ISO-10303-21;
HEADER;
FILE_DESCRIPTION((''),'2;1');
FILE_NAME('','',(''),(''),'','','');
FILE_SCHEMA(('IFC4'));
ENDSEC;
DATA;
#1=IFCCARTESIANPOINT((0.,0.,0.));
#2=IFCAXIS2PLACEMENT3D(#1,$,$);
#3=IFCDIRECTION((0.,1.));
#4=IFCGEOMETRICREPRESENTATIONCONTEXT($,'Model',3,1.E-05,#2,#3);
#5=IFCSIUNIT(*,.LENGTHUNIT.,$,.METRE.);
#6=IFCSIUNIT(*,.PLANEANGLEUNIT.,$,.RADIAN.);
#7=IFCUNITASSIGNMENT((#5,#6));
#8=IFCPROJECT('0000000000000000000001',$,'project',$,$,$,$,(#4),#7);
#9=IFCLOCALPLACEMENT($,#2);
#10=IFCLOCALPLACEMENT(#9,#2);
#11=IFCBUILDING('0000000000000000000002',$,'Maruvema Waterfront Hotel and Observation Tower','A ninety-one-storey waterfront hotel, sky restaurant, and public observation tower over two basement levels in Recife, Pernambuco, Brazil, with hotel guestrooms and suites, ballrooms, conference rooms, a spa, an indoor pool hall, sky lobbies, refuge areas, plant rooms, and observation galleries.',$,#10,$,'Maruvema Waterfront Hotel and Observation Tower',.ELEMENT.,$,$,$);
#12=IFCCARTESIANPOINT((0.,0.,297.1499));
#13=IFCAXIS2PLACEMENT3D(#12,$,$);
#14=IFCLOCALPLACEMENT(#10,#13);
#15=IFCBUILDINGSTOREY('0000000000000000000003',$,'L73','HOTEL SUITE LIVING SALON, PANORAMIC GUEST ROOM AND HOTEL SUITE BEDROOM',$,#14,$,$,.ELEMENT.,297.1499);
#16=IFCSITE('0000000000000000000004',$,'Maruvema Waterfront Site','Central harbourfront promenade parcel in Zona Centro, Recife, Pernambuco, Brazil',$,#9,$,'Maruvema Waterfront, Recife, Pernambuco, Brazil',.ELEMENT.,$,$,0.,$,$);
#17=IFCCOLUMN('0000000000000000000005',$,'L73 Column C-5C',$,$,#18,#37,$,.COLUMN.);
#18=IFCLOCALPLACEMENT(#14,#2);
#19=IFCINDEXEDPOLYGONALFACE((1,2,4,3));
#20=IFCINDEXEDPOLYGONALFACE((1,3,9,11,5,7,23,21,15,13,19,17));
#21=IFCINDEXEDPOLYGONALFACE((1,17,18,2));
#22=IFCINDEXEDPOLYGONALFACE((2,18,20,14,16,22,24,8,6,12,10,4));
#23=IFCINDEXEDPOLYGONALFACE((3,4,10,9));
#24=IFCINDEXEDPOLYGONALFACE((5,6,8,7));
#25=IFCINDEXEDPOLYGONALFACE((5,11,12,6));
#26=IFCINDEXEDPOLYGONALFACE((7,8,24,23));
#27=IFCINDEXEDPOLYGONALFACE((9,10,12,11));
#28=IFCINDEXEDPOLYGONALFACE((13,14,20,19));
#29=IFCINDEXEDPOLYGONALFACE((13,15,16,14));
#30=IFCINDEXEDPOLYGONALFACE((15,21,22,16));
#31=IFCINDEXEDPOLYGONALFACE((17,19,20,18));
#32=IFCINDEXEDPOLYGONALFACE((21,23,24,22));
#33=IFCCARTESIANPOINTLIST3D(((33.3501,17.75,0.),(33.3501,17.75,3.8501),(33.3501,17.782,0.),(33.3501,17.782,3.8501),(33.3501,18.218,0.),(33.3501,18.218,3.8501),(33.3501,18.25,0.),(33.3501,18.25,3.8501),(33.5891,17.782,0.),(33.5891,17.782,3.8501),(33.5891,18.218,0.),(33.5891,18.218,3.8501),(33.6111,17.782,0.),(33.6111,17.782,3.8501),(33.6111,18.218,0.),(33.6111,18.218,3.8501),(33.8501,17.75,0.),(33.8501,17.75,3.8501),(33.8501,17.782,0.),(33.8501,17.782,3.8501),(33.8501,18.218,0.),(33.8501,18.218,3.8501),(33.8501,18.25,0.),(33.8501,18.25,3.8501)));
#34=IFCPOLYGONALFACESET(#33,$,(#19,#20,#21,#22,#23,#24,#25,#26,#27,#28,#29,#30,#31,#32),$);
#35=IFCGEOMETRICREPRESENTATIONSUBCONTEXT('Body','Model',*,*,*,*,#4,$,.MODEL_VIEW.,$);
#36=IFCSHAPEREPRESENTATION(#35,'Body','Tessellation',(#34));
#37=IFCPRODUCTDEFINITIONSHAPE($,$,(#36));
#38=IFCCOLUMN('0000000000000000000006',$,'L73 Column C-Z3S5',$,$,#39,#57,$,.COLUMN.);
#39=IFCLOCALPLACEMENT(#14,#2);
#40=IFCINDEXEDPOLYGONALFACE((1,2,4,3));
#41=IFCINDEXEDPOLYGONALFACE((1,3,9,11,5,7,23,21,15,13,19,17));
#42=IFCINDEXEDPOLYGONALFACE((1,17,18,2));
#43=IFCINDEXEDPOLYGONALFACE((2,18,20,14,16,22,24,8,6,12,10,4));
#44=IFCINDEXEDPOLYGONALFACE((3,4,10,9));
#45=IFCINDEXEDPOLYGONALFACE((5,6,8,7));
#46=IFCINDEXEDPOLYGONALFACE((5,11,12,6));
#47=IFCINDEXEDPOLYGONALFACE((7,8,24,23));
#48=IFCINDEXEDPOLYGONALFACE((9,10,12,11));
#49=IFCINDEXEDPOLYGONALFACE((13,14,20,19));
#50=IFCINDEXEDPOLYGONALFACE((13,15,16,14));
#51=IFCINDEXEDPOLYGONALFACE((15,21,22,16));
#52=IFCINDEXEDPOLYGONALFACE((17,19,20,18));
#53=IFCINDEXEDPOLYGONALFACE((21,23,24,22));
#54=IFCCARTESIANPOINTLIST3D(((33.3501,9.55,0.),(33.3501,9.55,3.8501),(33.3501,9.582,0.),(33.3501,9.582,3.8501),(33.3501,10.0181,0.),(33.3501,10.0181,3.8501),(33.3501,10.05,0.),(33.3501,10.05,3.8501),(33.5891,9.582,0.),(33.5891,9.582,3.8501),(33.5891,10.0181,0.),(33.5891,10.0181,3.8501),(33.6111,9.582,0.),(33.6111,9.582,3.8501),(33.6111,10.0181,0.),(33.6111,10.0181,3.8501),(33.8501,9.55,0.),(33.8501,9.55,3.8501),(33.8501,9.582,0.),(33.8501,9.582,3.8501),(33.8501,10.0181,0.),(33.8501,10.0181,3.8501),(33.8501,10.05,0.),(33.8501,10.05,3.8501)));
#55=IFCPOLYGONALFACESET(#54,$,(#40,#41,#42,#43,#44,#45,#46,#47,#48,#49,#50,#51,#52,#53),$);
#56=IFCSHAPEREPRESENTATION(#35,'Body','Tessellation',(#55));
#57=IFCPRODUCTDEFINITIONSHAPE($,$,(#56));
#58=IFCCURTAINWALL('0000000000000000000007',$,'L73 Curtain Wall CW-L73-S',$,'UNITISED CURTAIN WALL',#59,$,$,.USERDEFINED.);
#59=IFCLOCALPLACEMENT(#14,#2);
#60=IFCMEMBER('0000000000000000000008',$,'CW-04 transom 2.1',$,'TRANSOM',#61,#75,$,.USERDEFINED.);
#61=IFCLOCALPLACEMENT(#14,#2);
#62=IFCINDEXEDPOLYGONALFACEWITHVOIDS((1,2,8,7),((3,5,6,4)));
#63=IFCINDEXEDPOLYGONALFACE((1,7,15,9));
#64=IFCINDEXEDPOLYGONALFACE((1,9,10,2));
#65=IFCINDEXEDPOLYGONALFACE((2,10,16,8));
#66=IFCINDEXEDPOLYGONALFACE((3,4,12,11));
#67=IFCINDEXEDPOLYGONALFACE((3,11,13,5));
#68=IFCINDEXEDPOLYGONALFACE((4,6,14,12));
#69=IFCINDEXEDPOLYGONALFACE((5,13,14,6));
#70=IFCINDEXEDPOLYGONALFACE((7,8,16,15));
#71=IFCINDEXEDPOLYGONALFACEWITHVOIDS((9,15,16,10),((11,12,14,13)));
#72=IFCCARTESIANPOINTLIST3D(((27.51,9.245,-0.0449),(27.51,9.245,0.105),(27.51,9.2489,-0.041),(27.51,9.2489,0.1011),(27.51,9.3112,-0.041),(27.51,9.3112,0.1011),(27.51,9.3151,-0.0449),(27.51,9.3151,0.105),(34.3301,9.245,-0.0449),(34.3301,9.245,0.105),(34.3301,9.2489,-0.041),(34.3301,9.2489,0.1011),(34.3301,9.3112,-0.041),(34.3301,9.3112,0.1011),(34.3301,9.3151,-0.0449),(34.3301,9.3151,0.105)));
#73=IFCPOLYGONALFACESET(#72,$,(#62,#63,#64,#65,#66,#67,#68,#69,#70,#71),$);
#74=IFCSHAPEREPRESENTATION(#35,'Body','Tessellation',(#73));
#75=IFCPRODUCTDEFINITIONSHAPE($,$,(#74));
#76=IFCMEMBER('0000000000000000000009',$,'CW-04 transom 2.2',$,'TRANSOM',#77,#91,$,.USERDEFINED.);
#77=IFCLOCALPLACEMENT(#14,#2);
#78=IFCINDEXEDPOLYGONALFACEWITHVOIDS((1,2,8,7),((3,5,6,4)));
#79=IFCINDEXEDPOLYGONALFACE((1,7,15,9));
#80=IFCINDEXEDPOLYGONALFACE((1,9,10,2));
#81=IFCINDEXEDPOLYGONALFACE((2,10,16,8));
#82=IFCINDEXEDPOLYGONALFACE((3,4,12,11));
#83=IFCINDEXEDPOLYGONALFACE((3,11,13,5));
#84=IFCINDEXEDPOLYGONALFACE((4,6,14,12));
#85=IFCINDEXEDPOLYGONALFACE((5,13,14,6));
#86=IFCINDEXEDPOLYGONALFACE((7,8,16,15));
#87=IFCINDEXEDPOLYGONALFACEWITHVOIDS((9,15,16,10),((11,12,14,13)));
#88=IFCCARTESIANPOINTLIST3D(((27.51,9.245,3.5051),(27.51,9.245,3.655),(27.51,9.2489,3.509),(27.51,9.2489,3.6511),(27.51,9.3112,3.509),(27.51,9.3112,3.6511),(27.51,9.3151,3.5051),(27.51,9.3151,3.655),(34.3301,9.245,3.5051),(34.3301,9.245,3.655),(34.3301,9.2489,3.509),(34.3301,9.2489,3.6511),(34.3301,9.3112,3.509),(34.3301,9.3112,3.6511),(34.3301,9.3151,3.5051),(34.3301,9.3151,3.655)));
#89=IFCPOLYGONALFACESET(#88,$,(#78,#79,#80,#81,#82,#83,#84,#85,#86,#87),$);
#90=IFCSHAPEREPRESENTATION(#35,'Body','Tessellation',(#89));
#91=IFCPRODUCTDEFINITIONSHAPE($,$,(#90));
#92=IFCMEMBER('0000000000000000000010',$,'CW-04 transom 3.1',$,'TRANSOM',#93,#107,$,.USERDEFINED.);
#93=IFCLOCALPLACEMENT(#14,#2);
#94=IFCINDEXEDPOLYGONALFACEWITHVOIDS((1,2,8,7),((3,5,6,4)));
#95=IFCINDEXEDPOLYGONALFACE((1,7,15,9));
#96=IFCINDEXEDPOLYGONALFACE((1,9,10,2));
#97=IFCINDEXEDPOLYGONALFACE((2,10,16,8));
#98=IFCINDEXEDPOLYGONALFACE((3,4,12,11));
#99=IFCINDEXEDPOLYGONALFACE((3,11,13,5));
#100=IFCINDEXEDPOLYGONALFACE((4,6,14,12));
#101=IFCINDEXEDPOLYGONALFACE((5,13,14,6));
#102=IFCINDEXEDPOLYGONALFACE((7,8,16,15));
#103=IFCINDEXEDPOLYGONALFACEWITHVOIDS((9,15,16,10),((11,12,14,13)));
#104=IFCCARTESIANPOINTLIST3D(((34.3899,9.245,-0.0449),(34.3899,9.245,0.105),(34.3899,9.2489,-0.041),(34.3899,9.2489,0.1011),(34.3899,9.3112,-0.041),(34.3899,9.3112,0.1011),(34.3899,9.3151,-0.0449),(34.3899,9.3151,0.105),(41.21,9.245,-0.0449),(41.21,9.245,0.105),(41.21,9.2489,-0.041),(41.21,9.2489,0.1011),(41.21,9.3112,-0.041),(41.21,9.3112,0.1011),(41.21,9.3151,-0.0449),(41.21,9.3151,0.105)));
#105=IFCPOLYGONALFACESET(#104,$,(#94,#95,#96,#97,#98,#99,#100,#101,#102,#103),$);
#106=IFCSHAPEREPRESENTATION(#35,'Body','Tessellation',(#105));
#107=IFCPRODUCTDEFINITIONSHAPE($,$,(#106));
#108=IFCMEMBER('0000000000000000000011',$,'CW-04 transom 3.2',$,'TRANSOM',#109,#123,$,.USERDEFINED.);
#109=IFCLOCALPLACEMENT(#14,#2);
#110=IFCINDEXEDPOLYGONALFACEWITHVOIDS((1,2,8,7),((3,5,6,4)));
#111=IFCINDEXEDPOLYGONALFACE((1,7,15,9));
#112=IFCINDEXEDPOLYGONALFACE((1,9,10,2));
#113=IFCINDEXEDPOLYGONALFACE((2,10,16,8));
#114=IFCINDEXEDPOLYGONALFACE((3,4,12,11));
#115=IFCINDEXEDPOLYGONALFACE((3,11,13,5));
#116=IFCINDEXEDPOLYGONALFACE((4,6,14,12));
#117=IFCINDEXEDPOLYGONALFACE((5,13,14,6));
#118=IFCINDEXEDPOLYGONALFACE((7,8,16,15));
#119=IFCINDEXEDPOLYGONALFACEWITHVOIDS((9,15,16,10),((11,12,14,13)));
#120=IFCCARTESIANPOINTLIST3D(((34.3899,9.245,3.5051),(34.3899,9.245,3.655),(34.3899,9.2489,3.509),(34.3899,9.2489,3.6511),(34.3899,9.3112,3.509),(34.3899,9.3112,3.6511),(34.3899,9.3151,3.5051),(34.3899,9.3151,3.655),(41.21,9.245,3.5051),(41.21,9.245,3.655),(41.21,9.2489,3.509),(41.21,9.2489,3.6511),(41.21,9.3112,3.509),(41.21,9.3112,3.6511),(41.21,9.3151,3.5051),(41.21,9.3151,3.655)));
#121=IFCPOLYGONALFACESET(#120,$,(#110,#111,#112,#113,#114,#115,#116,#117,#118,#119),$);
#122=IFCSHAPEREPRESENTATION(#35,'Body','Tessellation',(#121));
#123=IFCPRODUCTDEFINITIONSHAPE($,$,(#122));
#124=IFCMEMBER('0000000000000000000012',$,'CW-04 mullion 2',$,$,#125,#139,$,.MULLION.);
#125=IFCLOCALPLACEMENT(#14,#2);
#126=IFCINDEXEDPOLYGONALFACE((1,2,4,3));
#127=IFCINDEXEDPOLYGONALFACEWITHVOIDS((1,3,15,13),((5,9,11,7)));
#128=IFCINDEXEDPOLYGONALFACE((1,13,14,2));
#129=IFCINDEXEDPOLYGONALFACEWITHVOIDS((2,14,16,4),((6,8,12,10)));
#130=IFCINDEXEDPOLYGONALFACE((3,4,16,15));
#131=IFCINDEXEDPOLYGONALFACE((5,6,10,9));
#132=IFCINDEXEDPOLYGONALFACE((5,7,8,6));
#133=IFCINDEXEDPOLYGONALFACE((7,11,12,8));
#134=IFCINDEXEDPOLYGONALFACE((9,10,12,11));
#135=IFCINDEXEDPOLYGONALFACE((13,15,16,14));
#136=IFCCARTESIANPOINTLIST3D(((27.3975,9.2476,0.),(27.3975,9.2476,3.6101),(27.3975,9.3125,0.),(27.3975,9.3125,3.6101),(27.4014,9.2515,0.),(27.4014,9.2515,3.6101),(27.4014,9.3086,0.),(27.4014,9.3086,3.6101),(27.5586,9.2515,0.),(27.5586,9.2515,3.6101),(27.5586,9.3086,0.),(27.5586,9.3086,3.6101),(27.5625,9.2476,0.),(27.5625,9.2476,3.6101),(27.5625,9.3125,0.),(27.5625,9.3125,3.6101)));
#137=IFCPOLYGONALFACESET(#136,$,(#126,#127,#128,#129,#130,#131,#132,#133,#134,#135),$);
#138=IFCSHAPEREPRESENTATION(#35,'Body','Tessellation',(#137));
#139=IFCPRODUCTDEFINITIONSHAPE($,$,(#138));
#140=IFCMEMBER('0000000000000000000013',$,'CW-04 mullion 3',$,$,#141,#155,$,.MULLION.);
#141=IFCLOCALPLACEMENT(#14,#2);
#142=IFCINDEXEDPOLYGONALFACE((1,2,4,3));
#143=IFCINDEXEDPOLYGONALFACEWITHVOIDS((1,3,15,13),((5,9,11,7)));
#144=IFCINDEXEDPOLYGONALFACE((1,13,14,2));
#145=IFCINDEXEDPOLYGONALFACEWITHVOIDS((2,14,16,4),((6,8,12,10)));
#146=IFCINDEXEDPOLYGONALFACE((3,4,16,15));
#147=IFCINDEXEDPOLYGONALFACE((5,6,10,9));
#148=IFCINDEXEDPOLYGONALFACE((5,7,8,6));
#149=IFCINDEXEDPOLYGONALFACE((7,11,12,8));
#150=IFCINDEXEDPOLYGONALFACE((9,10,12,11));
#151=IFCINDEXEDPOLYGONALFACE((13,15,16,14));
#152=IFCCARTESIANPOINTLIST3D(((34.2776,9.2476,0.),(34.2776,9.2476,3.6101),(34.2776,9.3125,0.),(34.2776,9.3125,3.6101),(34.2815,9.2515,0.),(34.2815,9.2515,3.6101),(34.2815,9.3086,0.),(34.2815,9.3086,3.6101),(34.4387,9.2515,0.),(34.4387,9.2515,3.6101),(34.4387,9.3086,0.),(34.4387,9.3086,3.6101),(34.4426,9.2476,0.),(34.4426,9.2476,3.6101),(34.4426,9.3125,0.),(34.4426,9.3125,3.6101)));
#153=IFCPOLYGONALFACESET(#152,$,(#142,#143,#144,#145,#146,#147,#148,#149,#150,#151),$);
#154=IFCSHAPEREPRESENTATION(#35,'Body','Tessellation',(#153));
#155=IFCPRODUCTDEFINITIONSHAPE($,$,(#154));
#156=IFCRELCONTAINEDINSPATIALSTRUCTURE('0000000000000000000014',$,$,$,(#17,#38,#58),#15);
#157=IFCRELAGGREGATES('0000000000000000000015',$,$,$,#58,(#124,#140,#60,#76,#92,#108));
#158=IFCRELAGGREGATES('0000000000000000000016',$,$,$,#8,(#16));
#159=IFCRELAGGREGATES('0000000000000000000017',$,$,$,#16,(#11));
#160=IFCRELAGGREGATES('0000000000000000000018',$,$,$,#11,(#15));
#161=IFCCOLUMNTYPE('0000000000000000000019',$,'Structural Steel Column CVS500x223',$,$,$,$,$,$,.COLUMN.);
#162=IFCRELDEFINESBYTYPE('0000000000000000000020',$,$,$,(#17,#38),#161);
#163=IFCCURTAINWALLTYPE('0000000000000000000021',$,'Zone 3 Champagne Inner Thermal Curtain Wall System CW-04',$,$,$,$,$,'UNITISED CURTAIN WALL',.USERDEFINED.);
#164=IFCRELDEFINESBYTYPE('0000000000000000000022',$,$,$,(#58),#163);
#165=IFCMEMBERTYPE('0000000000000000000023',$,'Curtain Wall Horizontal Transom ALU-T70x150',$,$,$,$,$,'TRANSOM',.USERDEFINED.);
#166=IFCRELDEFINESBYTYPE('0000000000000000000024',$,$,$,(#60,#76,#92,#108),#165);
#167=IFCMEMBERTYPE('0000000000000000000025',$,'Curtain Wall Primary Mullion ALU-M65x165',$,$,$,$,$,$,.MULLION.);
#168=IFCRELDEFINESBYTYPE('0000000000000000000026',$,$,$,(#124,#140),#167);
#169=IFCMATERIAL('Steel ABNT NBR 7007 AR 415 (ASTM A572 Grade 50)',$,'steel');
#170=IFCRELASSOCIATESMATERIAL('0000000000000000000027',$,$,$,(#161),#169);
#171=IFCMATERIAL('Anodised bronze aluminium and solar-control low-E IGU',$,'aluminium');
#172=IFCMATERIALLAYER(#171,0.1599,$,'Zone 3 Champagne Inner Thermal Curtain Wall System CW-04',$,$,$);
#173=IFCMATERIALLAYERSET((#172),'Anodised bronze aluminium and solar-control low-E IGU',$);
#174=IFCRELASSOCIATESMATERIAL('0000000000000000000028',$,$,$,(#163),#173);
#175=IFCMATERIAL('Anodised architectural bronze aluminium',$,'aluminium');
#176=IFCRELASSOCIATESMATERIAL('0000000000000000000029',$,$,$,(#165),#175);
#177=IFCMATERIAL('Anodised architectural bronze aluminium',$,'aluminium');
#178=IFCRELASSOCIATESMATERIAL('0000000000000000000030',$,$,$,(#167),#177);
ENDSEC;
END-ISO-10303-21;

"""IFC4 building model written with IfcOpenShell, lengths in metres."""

from ifc_helpers import new_model, si_unit, direction, frame, origin, origin_2d, place, context, subcontext, project, spatial, hollow_rectangle, i_section, extrude, material, layer, layer_set, material_profile, profile_set, type_object, element, aggregate, save


model = new_model("IFC4")

# Units and contexts
model_context = context("Model", 3, precision=1e-05, world=origin(), true_north=direction((0.0, 1.0)))
body_context = subcontext(model_context, "Body", "Model", "MODEL_VIEW")
ifc_project = project(units=[si_unit("LENGTHUNIT", "METRE"), si_unit("PLANEANGLEUNIT", "RADIAN")], contexts=[model_context])

# Site, building, storey
site_placement = place(None, origin())
site = spatial("IfcSite", under=ifc_project, at=site_placement, Name="Maruvema Waterfront Site", Description="Central harbourfront promenade parcel in Zona Centro, Recife, Pernambuco, Brazil", LongName="Maruvema Waterfront, Recife, Pernambuco, Brazil", CompositionType="ELEMENT", RefElevation=0.0)
building_placement = place(site_placement, origin())
building = spatial("IfcBuilding", under=site, at=building_placement, Name="Maruvema Waterfront Hotel and Observation Tower", Description="A ninety-one-storey waterfront hotel, sky restaurant, and public observation tower over two basement levels in Recife, Pernambuco, Brazil, with hotel guestrooms and suites, ballrooms, conference rooms, a spa, an indoor pool hall, sky lobbies, refuge areas, plant rooms, and observation galleries.", LongName="Maruvema Waterfront Hotel and Observation Tower", CompositionType="ELEMENT")
storey_placement = place(building_placement, frame((0.0, 0.0, 297.1499)))
storey = spatial("IfcBuildingStorey", under=building, at=storey_placement, Name="L73", Description="HOTEL SUITE LIVING SALON, PANORAMIC GUEST ROOM AND HOTEL SUITE BEDROOM", CompositionType="ELEMENT", Elevation=297.1499)

# Columns
ifc_material_1 = material(Name="Steel ABNT NBR 7007 AR 415 (ASTM A572 Grade 50)", Category="steel")
ifc_material_profile_1 = material_profile(ifc_material_1, i_section(OverallWidth=0.5, OverallDepth=0.5, WebThickness=0.022, FlangeThickness=0.032, at=origin_2d()), Name="CVS500x223")
ifc_profile_set_1 = profile_set([ifc_material_profile_1], Name="Steel ABNT NBR 7007 AR 415 (ASTM A572 Grade 50)")
column_type = type_object("IfcColumnType", Name="Structural Steel Column CVS500x223", PredefinedType="COLUMN", material=ifc_profile_set_1)
for number, where, z_axis, x_axis, name in (
    (1, (33.6001, 18.0, 0.0), (0.0, 0.0, 1.0), (1.0, 0.0, 0.0), "L73 Column C-5C"),
    (2, (33.6001, 9.8, 0.0), (0.0, 0.0, 1.0), (1.0, 0.0, 0.0), "L73 Column C-Z3S5"),
):
    element("IfcColumn", number, at=place(storey_placement, frame(where, z_axis=z_axis, x_axis=x_axis)), inside=storey, type_object=column_type, Name=name, PredefinedType="COLUMN", context=body_context, shape_type="SweptSolid", body=[
        extrude(i_section(OverallWidth=0.5, OverallDepth=0.5, WebThickness=0.022, FlangeThickness=0.032, at=origin_2d()), origin(), (0.0, 0.0, 1.0), 3.8501),
    ])

# Curtain wall, members
ifc_material_2 = material(Name="Anodised bronze aluminium and solar-control low-E IGU", Category="aluminium")
ifc_layer_1 = layer(ifc_material_2, 0.1599, Name="Zone 3 Champagne Inner Thermal Curtain Wall System CW-04")
ifc_layer_set_1 = layer_set([ifc_layer_1], Name="Anodised bronze aluminium and solar-control low-E IGU")
curtain_wall_type = type_object("IfcCurtainWallType", Name="Zone 3 Champagne Inner Thermal Curtain Wall System CW-04", ElementType="UNITISED CURTAIN WALL", PredefinedType="USERDEFINED", material=ifc_layer_set_1)
curtain_wall_placement = place(storey_placement, origin())
curtain_wall = element("IfcCurtainWall", 3, at=curtain_wall_placement, inside=storey, type_object=curtain_wall_type, Name="L73 Curtain Wall CW-L73-S", ObjectType="UNITISED CURTAIN WALL", PredefinedType="USERDEFINED")
ifc_material_3 = material(Name="Anodised architectural bronze aluminium", Category="aluminium")
ifc_material_profile_2 = material_profile(ifc_material_3, hollow_rectangle(XDim=0.0701, YDim=0.1499, WallThickness=0.0039, at=origin_2d()), Name="ALU-T70x150")
ifc_profile_set_2 = profile_set([ifc_material_profile_2], Name="Anodised architectural bronze aluminium")
member_type_1 = type_object("IfcMemberType", Name="Curtain Wall Horizontal Transom ALU-T70x150", ElementType="TRANSOM", PredefinedType="USERDEFINED", material=ifc_profile_set_2)
member_1_placement = place(storey_placement, frame((27.51, 9.28, 0.03), z_axis=(1.0, 0.0, 0.0), x_axis=(0.0, 1.0, 0.0)))
member_1 = element("IfcMember", 4, at=member_1_placement, type_object=member_type_1, Name="CW-04 transom 2.1", ObjectType="TRANSOM", PredefinedType="USERDEFINED", context=body_context, shape_type="SweptSolid", body=[
    extrude(hollow_rectangle(XDim=0.0701, YDim=0.1499, WallThickness=0.0039, at=origin_2d()), origin(), (0.0, 0.0, 1.0), 6.8201),
])
member_2_placement = place(storey_placement, frame((27.51, 9.28, 3.5801), z_axis=(1.0, 0.0, 0.0), x_axis=(0.0, 1.0, 0.0)))
member_2 = element("IfcMember", 5, at=member_2_placement, type_object=member_type_1, Name="CW-04 transom 2.2", ObjectType="TRANSOM", PredefinedType="USERDEFINED", context=body_context, shape_type="SweptSolid", body=[
    extrude(hollow_rectangle(XDim=0.0701, YDim=0.1499, WallThickness=0.0039, at=origin_2d()), origin(), (0.0, 0.0, 1.0), 6.8201),
])
member_3_placement = place(storey_placement, frame((34.3899, 9.28, 0.03), z_axis=(1.0, 0.0, 0.0), x_axis=(0.0, 1.0, 0.0)))
member_3 = element("IfcMember", 6, at=member_3_placement, type_object=member_type_1, Name="CW-04 transom 3.1", ObjectType="TRANSOM", PredefinedType="USERDEFINED", context=body_context, shape_type="SweptSolid", body=[
    extrude(hollow_rectangle(XDim=0.0701, YDim=0.1499, WallThickness=0.0039, at=origin_2d()), origin(), (0.0, 0.0, 1.0), 6.8201),
])
member_4_placement = place(storey_placement, frame((34.3899, 9.28, 3.5801), z_axis=(1.0, 0.0, 0.0), x_axis=(0.0, 1.0, 0.0)))
member_4 = element("IfcMember", 7, at=member_4_placement, type_object=member_type_1, Name="CW-04 transom 3.2", ObjectType="TRANSOM", PredefinedType="USERDEFINED", context=body_context, shape_type="SweptSolid", body=[
    extrude(hollow_rectangle(XDim=0.0701, YDim=0.1499, WallThickness=0.0039, at=origin_2d()), origin(), (0.0, 0.0, 1.0), 6.8201),
])
ifc_material_4 = material(Name="Anodised architectural bronze aluminium", Category="aluminium")
ifc_material_profile_3 = material_profile(ifc_material_4, hollow_rectangle(XDim=0.0649, YDim=0.165, WallThickness=0.0039, at=origin_2d()), Name="ALU-M65x165")
ifc_profile_set_3 = profile_set([ifc_material_profile_3], Name="Anodised architectural bronze aluminium")
member_type_2 = type_object("IfcMemberType", Name="Curtain Wall Primary Mullion ALU-M65x165", PredefinedType="MULLION", material=ifc_profile_set_3)
member_5_placement = place(storey_placement, frame((27.48, 9.28, 0.0), z_axis=(0.0, 0.0, 1.0), x_axis=(0.0, 1.0, 0.0)))
member_5 = element("IfcMember", 8, at=member_5_placement, type_object=member_type_2, Name="CW-04 mullion 2", PredefinedType="MULLION", context=body_context, shape_type="SweptSolid", body=[
    extrude(hollow_rectangle(XDim=0.0649, YDim=0.165, WallThickness=0.0039, at=origin_2d()), origin(), (0.0, 0.0, 1.0), 3.6101),
])
member_6_placement = place(storey_placement, frame((34.3601, 9.28, 0.0), z_axis=(0.0, 0.0, 1.0), x_axis=(0.0, 1.0, 0.0)))
member_6 = element("IfcMember", 9, at=member_6_placement, type_object=member_type_2, Name="CW-04 mullion 3", PredefinedType="MULLION", context=body_context, shape_type="SweptSolid", body=[
    extrude(hollow_rectangle(XDim=0.0649, YDim=0.165, WallThickness=0.0039, at=origin_2d()), origin(), (0.0, 0.0, 1.0), 3.6101),
])

aggregate(curtain_wall, [member_5, member_6, member_1, member_2, member_3, member_4])

save(model, "model.ifc")
